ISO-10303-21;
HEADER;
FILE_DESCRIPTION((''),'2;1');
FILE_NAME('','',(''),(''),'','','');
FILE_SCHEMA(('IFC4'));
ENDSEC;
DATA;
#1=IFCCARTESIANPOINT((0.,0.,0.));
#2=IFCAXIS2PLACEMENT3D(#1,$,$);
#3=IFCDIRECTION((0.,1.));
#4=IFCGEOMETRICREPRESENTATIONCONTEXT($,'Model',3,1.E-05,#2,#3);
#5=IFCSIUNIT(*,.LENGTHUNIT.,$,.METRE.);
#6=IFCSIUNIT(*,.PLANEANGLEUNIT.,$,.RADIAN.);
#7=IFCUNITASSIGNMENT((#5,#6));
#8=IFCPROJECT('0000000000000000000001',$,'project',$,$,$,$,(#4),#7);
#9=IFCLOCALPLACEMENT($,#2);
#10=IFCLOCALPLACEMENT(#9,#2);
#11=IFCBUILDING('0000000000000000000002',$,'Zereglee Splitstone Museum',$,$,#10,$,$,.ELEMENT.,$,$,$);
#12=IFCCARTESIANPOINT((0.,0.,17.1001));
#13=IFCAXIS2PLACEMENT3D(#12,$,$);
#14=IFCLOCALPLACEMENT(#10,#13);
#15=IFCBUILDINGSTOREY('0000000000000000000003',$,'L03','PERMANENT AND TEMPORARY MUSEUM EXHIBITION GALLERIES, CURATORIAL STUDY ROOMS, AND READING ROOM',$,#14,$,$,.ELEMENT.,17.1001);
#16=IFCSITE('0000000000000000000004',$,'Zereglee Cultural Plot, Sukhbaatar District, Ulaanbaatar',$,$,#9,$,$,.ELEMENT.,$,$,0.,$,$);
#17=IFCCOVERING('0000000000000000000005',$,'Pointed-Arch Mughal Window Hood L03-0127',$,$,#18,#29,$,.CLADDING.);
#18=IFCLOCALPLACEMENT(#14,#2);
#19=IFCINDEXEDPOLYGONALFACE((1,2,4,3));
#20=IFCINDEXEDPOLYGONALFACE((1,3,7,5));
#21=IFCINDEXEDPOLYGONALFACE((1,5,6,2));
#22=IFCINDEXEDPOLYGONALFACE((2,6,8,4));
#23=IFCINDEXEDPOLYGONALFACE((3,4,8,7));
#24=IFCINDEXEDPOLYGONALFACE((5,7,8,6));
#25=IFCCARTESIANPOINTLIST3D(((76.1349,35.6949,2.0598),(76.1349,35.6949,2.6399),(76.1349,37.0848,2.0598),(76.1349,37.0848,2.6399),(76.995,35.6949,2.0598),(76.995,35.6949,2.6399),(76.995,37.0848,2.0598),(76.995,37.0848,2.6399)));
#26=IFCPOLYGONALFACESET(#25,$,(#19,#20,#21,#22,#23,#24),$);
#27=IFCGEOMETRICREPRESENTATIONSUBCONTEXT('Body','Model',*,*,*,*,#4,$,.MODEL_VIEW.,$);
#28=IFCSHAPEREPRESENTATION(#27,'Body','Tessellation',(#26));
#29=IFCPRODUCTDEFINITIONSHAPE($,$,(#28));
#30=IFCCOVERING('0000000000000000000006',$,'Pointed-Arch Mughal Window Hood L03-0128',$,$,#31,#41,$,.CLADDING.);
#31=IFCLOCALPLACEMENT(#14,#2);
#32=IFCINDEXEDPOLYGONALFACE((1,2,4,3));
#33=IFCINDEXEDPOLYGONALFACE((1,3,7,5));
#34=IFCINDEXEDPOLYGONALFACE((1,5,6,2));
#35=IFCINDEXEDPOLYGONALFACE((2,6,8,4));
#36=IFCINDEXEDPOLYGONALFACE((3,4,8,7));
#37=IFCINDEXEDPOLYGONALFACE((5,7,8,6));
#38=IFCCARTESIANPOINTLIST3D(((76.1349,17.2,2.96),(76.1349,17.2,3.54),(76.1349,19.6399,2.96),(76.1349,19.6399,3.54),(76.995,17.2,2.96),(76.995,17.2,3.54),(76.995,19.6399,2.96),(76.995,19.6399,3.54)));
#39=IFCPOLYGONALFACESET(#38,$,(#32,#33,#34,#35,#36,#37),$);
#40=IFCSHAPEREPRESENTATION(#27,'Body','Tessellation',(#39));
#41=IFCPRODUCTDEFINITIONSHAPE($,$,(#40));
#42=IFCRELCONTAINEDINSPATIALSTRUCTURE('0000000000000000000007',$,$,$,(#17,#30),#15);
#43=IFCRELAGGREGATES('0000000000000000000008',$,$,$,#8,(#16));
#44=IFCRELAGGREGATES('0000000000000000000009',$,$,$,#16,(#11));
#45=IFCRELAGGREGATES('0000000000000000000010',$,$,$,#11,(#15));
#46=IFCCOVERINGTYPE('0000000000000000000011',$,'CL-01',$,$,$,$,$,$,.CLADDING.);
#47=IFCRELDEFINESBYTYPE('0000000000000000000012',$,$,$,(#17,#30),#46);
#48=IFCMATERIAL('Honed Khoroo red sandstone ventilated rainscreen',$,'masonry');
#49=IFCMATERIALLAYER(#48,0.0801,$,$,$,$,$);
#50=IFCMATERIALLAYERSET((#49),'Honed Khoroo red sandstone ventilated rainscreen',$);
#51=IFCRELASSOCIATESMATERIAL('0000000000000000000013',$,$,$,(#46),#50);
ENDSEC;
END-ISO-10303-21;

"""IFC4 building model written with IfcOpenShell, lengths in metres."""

from ifc_helpers import new_model, si_unit, direction, frame, origin, origin_2d, place, context, subcontext, project, spatial, rectangle, extrude, material, layer, layer_set, type_object, element, save


model = new_model("IFC4")

# Units and contexts
model_context = context("Model", 3, precision=1e-05, world=origin(), true_north=direction((0.0, 1.0)))
body_context = subcontext(model_context, "Body", "Model", "MODEL_VIEW")
ifc_project = project(units=[si_unit("LENGTHUNIT", "METRE"), si_unit("PLANEANGLEUNIT", "RADIAN")], contexts=[model_context])

# Site, building, storey
site_placement = place(None, origin())
site = spatial("IfcSite", under=ifc_project, at=site_placement, Name="Zereglee Cultural Plot, Sukhbaatar District, Ulaanbaatar", CompositionType="ELEMENT", RefElevation=0.0)
building_placement = place(site_placement, origin())
building = spatial("IfcBuilding", under=site, at=building_placement, Name="Zereglee Splitstone Museum", CompositionType="ELEMENT")
storey_placement = place(building_placement, frame((0.0, 0.0, 17.1001)))
storey = spatial("IfcBuildingStorey", under=building, at=storey_placement, Name="L03", Description="PERMANENT AND TEMPORARY MUSEUM EXHIBITION GALLERIES, CURATORIAL STUDY ROOMS, AND READING ROOM", CompositionType="ELEMENT", Elevation=17.1001)

# Coverings
ifc_material_1 = material(Name="Honed Khoroo red sandstone ventilated rainscreen", Category="masonry")
ifc_layer_1 = layer(ifc_material_1, 0.0801)
ifc_layer_set_1 = layer_set([ifc_layer_1], Name="Honed Khoroo red sandstone ventilated rainscreen")
covering_type_1 = type_object("IfcCoveringType", Name="CL-01", PredefinedType="CLADDING", material=ifc_layer_set_1)
covering_1_placement = place(storey_placement, frame((76.5649, 36.3899, 2.0598), z_axis=(0.0, 0.0, 1.0), x_axis=(0.0, -1.0, 0.0)))
element("IfcCovering", 1, at=covering_1_placement, inside=storey, type_object=covering_type_1, Name="Pointed-Arch Mughal Window Hood L03-0127", PredefinedType="CLADDING", context=body_context, shape_type="SweptSolid", body=[
    extrude(rectangle(XDim=1.3899, YDim=0.8601, at=origin_2d()), origin(), (0.0, 0.0, 1.0), 0.5801),
])
covering_2_placement = place(storey_placement, frame((76.5649, 18.4199, 2.96), z_axis=(0.0, 0.0, 1.0), x_axis=(0.0, -1.0, 0.0)))
element("IfcCovering", 2, at=covering_2_placement, inside=storey, type_object=covering_type_1, Name="Pointed-Arch Mughal Window Hood L03-0128", PredefinedType="CLADDING", context=body_context, shape_type="SweptSolid", body=[
    extrude(rectangle(XDim=2.4399, YDim=0.8601, at=origin_2d()), origin(), (0.0, 0.0, 1.0), 0.5801),
])

save(model, "model.ifc")
